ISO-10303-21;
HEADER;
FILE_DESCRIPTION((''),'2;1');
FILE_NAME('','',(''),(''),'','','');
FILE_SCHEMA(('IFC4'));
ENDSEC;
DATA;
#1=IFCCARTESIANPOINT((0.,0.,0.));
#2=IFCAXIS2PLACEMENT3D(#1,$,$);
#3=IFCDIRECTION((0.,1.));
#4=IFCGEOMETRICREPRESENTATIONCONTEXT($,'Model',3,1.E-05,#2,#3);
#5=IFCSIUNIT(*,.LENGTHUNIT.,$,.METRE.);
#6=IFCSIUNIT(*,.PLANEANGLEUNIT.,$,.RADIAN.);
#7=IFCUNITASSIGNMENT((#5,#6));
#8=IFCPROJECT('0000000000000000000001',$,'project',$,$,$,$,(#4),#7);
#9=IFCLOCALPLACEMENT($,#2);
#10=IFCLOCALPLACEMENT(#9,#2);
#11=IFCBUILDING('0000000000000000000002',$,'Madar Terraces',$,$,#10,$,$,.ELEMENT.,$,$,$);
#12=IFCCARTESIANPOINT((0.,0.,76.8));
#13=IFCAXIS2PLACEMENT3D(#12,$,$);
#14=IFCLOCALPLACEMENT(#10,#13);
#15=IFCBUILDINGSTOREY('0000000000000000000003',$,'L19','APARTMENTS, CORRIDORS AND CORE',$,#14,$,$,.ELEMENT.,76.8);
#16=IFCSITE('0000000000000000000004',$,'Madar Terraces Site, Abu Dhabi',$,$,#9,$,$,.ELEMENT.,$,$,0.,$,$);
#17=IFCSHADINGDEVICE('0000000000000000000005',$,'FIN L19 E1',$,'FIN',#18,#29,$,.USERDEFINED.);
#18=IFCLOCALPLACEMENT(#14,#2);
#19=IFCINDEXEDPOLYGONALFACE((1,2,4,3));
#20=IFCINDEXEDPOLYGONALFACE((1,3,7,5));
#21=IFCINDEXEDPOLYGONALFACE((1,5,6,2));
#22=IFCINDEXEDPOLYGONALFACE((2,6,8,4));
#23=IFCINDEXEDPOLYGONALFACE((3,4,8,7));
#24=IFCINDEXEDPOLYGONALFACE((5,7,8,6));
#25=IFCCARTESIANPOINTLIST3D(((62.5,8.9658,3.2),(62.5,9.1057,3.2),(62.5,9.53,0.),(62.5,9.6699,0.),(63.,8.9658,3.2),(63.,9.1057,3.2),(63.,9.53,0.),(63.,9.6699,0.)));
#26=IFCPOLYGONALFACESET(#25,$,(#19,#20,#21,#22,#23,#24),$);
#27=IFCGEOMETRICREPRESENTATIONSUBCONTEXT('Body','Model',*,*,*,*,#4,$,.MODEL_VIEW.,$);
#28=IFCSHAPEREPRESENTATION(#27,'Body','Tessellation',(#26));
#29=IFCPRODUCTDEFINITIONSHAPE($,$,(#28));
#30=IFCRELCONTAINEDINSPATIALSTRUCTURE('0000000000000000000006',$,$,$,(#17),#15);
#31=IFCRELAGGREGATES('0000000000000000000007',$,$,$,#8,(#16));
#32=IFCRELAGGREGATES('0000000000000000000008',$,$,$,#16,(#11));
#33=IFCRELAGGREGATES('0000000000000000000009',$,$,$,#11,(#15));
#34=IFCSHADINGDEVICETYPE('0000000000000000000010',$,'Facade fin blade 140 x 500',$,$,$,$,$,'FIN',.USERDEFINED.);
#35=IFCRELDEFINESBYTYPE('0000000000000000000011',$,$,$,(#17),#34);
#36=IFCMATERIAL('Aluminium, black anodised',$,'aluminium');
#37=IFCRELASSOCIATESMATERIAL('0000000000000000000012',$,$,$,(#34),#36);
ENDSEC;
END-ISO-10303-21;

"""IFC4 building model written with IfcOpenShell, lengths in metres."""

from ifc_helpers import new_model, si_unit, direction, frame, origin, place, context, subcontext, project, spatial, polyline, outline, extrude, material, type_object, element, save


model = new_model("IFC4")

# Units and contexts
model_context = context("Model", 3, precision=1e-05, world=origin(), true_north=direction((0.0, 1.0)))
body_context = subcontext(model_context, "Body", "Model", "MODEL_VIEW")
ifc_project = project(units=[si_unit("LENGTHUNIT", "METRE"), si_unit("PLANEANGLEUNIT", "RADIAN")], contexts=[model_context])

# Site, building, storey
site_placement = place(None, origin())
site = spatial("IfcSite", under=ifc_project, at=site_placement, Name="Madar Terraces Site, Abu Dhabi", CompositionType="ELEMENT", RefElevation=0.0)
building_placement = place(site_placement, origin())
building = spatial("IfcBuilding", under=site, at=building_placement, Name="Madar Terraces", CompositionType="ELEMENT")
storey_placement = place(building_placement, frame((0.0, 0.0, 76.8)))
storey = spatial("IfcBuildingStorey", under=building, at=storey_placement, Name="L19", Description="APARTMENTS, CORRIDORS AND CORE", CompositionType="ELEMENT", Elevation=76.8)

# Shading device
ifc_material_1 = material(Name="Aluminium, black anodised", Category="aluminium")
shading_device_type = type_object("IfcShadingDeviceType", Name="Facade fin blade 140 x 500", ElementType="FIN", PredefinedType="USERDEFINED", material=ifc_material_1)
shading_device_1_placement = place(storey_placement, frame((62.75, 9.53, 0.0), z_axis=(0.0, 0.0, 1.0), x_axis=(0.0, 1.0, 0.0)))
element("IfcShadingDevice", 1, at=shading_device_1_placement, inside=storey, type_object=shading_device_type, Name="FIN L19 E1", ObjectType="FIN", PredefinedType="USERDEFINED", context=body_context, shape_type="SweptSolid", body=[
    extrude(outline(polyline([(0.0, 0.0), (0.1399, 0.0), (-0.4243, 3.2), (-0.5642, 3.2), (0.0, 0.0)])), frame((0.0, 0.25, 0.0), z_axis=(0.0, -1.0, 0.0), x_axis=(1.0, 0.0, 0.0)), (0.0, 0.0, 1.0), 0.5),
])

save(model, "model.ifc")
